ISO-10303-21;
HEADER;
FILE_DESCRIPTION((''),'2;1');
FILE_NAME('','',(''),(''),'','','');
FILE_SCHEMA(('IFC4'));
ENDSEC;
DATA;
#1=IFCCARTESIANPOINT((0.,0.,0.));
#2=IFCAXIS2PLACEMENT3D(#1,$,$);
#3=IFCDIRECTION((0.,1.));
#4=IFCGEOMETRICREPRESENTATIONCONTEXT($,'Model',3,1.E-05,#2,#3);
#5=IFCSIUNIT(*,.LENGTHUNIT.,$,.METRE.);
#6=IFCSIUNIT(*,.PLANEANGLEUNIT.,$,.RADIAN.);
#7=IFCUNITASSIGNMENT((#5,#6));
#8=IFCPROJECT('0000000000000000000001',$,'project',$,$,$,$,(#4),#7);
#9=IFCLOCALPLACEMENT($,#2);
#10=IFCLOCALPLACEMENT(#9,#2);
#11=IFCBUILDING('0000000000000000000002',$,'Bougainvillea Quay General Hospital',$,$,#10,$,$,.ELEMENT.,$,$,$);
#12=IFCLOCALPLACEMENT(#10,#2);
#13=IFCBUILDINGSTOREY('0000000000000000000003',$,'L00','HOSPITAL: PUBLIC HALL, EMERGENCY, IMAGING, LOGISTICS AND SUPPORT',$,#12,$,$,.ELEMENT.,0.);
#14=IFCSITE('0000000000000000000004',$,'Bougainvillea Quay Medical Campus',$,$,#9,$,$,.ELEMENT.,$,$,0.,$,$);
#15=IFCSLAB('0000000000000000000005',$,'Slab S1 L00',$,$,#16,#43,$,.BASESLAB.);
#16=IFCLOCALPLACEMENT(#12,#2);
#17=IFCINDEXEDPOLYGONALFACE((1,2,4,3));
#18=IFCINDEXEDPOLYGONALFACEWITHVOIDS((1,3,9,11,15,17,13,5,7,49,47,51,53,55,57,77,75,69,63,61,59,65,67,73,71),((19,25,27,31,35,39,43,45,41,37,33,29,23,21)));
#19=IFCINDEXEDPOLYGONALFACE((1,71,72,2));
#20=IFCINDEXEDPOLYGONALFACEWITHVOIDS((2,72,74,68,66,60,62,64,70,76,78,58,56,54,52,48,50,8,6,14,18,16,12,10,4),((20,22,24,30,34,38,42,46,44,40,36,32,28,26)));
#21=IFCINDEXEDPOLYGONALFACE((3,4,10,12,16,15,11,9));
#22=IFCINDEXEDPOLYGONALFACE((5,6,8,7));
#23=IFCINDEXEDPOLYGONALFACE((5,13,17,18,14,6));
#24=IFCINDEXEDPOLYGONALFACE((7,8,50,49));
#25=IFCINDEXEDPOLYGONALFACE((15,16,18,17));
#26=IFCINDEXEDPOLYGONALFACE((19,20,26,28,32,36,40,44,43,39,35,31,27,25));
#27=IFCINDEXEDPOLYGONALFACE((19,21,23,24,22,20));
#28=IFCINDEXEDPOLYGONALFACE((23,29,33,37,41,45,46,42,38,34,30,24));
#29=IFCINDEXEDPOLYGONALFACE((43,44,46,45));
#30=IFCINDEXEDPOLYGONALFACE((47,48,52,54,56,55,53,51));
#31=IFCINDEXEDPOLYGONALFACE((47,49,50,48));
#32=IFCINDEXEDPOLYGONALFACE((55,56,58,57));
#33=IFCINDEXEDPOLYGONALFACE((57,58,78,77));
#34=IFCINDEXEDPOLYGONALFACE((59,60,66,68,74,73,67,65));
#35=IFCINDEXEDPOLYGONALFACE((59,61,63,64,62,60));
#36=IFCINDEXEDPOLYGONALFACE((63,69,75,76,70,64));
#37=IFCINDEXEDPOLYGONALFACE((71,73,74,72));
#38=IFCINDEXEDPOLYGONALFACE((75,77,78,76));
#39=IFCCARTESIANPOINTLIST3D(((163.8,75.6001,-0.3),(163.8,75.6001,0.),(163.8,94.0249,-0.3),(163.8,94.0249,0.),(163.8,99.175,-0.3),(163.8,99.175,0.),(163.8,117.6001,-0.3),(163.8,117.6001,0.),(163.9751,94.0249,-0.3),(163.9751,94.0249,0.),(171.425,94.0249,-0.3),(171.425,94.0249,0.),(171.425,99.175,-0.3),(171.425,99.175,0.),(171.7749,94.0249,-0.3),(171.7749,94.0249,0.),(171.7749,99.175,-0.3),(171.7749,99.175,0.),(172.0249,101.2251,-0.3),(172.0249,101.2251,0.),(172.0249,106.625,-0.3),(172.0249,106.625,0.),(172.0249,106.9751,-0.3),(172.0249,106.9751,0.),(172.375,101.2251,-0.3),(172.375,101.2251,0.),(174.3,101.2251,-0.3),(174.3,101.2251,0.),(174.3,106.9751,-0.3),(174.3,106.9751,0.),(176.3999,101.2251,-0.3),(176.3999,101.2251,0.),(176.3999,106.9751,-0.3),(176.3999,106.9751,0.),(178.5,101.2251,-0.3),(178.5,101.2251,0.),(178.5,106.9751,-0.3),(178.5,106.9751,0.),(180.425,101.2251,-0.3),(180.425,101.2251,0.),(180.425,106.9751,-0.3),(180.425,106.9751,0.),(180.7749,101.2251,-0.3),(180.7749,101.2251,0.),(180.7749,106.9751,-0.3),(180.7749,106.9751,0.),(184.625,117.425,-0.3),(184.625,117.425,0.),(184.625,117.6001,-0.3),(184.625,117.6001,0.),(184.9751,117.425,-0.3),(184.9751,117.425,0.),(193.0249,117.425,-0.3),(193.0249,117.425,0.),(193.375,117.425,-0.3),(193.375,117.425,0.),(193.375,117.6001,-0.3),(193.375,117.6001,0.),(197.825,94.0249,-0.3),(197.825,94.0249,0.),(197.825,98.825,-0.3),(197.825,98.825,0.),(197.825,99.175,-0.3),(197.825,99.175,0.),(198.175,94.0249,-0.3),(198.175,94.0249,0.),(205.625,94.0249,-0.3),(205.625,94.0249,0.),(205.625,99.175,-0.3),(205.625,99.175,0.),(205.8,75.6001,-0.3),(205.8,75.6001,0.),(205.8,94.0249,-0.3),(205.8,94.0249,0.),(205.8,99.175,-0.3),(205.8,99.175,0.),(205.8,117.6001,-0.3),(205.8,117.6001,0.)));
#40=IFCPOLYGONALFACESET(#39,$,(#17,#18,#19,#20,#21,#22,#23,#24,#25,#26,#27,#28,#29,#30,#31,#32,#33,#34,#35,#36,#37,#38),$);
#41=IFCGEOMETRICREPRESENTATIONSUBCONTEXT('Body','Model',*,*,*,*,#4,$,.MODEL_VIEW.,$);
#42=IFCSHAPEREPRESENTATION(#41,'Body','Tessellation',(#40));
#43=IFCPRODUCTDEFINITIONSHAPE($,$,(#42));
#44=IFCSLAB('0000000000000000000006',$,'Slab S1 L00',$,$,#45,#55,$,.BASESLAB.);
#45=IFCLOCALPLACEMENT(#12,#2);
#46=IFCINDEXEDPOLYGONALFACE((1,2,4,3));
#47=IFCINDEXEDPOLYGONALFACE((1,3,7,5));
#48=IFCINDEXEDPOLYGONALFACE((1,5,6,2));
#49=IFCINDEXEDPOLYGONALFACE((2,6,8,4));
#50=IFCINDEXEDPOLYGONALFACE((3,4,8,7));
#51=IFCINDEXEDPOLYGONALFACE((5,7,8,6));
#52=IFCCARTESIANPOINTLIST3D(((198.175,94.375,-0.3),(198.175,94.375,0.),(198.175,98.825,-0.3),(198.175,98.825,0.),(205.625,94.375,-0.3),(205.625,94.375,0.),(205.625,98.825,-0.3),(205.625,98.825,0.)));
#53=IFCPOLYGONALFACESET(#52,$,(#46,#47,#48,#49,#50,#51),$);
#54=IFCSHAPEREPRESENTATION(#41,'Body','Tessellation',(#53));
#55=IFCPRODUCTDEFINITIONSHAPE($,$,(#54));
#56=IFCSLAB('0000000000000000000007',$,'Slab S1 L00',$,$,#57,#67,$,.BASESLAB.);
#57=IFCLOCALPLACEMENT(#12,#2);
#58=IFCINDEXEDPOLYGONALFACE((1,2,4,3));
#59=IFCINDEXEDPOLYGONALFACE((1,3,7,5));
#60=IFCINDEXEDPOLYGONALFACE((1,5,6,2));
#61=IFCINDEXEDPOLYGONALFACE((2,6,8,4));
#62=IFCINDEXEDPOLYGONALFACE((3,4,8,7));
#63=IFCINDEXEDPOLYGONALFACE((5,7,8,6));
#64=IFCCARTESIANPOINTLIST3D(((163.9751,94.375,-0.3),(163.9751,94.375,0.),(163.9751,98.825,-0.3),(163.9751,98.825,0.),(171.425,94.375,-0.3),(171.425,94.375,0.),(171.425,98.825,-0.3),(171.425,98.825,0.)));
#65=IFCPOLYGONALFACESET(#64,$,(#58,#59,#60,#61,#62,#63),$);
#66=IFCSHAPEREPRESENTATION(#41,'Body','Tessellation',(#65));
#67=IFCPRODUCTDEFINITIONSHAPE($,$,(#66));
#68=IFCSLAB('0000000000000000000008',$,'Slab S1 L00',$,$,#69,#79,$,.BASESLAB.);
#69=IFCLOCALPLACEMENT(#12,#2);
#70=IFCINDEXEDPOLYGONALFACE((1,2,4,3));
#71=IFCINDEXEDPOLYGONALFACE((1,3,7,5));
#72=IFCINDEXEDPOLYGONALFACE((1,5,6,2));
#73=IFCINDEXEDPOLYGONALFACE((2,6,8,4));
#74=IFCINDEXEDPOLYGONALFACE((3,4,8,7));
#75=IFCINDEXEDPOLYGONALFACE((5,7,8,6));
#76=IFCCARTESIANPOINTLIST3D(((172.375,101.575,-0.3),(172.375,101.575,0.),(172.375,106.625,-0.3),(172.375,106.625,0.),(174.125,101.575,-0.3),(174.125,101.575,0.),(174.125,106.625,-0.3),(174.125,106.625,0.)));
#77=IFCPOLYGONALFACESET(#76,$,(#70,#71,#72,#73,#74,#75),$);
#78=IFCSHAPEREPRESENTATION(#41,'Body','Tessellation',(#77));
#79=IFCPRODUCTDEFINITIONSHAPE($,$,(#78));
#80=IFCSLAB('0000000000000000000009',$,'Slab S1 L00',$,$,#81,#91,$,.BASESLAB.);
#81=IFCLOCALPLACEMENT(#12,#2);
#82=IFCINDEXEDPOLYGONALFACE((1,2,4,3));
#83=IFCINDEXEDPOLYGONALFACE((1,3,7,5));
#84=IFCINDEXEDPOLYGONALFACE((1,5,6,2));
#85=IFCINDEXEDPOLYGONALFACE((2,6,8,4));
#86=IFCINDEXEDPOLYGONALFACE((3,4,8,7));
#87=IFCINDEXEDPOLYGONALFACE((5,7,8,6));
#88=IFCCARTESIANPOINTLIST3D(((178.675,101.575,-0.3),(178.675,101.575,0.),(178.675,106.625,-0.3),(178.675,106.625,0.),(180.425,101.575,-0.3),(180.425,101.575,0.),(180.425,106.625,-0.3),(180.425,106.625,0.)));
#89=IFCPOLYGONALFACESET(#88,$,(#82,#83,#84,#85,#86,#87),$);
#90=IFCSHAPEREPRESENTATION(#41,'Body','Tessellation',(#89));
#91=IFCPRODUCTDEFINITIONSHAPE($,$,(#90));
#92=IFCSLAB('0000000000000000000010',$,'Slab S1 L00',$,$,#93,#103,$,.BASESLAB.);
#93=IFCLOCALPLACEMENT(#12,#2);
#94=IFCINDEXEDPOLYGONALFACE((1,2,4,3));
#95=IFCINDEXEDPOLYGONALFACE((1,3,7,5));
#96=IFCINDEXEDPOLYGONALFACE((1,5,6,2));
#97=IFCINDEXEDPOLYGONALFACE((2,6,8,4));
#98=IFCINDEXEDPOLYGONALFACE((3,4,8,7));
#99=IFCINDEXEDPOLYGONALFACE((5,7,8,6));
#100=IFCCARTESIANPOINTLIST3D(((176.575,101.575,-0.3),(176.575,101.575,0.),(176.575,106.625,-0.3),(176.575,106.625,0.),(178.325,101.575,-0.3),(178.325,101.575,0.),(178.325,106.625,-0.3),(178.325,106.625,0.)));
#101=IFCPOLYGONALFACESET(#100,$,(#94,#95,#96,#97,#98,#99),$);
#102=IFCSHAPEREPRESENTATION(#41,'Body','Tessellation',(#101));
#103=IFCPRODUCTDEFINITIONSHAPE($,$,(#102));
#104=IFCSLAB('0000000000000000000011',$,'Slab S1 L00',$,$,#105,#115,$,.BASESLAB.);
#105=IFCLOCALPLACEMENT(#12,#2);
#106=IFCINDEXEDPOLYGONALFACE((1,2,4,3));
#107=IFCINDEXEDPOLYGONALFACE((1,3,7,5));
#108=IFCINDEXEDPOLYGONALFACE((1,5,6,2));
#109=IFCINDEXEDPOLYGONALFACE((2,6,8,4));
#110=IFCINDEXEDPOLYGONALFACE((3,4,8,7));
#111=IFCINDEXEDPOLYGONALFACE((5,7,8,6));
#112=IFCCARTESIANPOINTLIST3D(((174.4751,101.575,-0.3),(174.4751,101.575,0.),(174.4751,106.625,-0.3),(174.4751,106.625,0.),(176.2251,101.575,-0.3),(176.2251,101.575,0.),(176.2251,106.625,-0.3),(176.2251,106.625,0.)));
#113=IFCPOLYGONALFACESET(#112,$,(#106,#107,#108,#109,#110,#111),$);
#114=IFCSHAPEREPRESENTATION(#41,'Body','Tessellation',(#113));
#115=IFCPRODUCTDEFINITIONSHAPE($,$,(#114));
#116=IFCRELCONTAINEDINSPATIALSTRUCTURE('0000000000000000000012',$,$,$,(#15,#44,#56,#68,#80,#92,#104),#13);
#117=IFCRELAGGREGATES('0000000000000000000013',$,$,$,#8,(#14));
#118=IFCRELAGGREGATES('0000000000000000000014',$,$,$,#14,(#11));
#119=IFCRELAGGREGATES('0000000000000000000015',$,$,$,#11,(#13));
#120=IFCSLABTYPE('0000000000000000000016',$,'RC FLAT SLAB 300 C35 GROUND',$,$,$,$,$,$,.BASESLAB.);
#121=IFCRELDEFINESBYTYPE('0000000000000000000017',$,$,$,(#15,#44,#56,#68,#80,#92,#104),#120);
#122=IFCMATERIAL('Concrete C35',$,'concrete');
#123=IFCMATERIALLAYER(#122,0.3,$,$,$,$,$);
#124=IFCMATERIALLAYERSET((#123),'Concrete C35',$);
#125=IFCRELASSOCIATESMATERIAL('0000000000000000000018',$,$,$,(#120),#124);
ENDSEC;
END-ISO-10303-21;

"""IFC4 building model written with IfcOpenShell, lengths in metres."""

from ifc_helpers import new_model, si_unit, direction, frame, origin, place, context, subcontext, project, spatial, polyline, outline, extrude, material, layer, layer_set, type_object, element, save


model = new_model("IFC4")

# Units and contexts
model_context = context("Model", 3, precision=1e-05, world=origin(), true_north=direction((0.0, 1.0)))
body_context = subcontext(model_context, "Body", "Model", "MODEL_VIEW")
ifc_project = project(units=[si_unit("LENGTHUNIT", "METRE"), si_unit("PLANEANGLEUNIT", "RADIAN")], contexts=[model_context])

# Site, building, storey
site_placement = place(None, origin())
site = spatial("IfcSite", under=ifc_project, at=site_placement, Name="Bougainvillea Quay Medical Campus", CompositionType="ELEMENT", RefElevation=0.0)
building_placement = place(site_placement, origin())
building = spatial("IfcBuilding", under=site, at=building_placement, Name="Bougainvillea Quay General Hospital", CompositionType="ELEMENT")
storey_placement = place(building_placement, origin())
storey = spatial("IfcBuildingStorey", under=building, at=storey_placement, Name="L00", Description="HOSPITAL: PUBLIC HALL, EMERGENCY, IMAGING, LOGISTICS AND SUPPORT", CompositionType="ELEMENT", Elevation=0.0)

# Shared definitions
ifc_material = material(Name="Concrete C35", Category="concrete")

# Slabs
ifc_layer = layer(ifc_material, 0.3)
ifc_layer_set = layer_set([ifc_layer], Name="Concrete C35")
slab_type = type_object("IfcSlabType", Name="RC FLAT SLAB 300 C35 GROUND", PredefinedType="BASESLAB", material=ifc_layer_set)
slab_1_placement = place(storey_placement, frame((0.0, 0.0, -0.3)))
element("IfcSlab", 1, at=slab_1_placement, inside=storey, type_object=slab_type, Name="Slab S1 L00", PredefinedType="BASESLAB", context=body_context, shape_type="SweptSolid", body=[
    extrude(outline(polyline([(205.8, 99.175), (205.8, 117.6001), (193.375, 117.6001), (193.375, 117.425), (193.0249, 117.425), (184.9751, 117.425), (184.625, 117.425), (184.625, 117.6001), (163.8, 117.6001), (163.8, 99.175), (171.425, 99.175), (171.7749, 99.175), (171.7749, 94.0249), (171.425, 94.0249), (163.9751, 94.0249), (163.8, 94.0249), (163.8, 75.6001), (205.8, 75.6001), (205.8, 94.0249), (205.625, 94.0249), (198.175, 94.0249), (197.825, 94.0249), (197.825, 98.825), (197.825, 99.175), (205.625, 99.175), (205.8, 99.175)]), holes=[polyline([(172.0249, 106.9751), (174.3, 106.9751), (176.3999, 106.9751), (178.5, 106.9751), (180.425, 106.9751), (180.7749, 106.9751), (180.7749, 101.2251), (180.425, 101.2251), (178.5, 101.2251), (176.3999, 101.2251), (174.3, 101.2251), (172.375, 101.2251), (172.0249, 101.2251), (172.0249, 106.625), (172.0249, 106.9751)])]), origin(), (0.0, 0.0, 1.0), 0.3),
])
slab_2_placement = place(storey_placement, frame((0.0, 0.0, -0.3)))
element("IfcSlab", 2, at=slab_2_placement, inside=storey, type_object=slab_type, Name="Slab S1 L00", PredefinedType="BASESLAB", context=body_context, shape_type="SweptSolid", body=[
    extrude(outline(polyline([(205.625, 94.375), (205.625, 98.825), (198.175, 98.825), (198.175, 94.375), (205.625, 94.375)])), origin(), (0.0, 0.0, 1.0), 0.3),
])
slab_3_placement = place(storey_placement, frame((0.0, 0.0, -0.3)))
element("IfcSlab", 3, at=slab_3_placement, inside=storey, type_object=slab_type, Name="Slab S1 L00", PredefinedType="BASESLAB", context=body_context, shape_type="SweptSolid", body=[
    extrude(outline(polyline([(163.9751, 98.825), (163.9751, 94.375), (171.425, 94.375), (171.425, 98.825), (163.9751, 98.825)])), origin(), (0.0, 0.0, 1.0), 0.3),
])
slab_4_placement = place(storey_placement, frame((0.0, 0.0, -0.3)))
element("IfcSlab", 4, at=slab_4_placement, inside=storey, type_object=slab_type, Name="Slab S1 L00", PredefinedType="BASESLAB", context=body_context, shape_type="SweptSolid", body=[
    extrude(outline(polyline([(174.125, 101.575), (174.125, 106.625), (172.375, 106.625), (172.375, 101.575), (174.125, 101.575)])), origin(), (0.0, 0.0, 1.0), 0.3),
])
slab_5_placement = place(storey_placement, frame((0.0, 0.0, -0.3)))
element("IfcSlab", 5, at=slab_5_placement, inside=storey, type_object=slab_type, Name="Slab S1 L00", PredefinedType="BASESLAB", context=body_context, shape_type="SweptSolid", body=[
    extrude(outline(polyline([(180.425, 101.575), (180.425, 106.625), (178.675, 106.625), (178.675, 101.575), (180.425, 101.575)])), origin(), (0.0, 0.0, 1.0), 0.3),
])
slab_6_placement = place(storey_placement, frame((0.0, 0.0, -0.3)))
element("IfcSlab", 6, at=slab_6_placement, inside=storey, type_object=slab_type, Name="Slab S1 L00", PredefinedType="BASESLAB", context=body_context, shape_type="SweptSolid", body=[
    extrude(outline(polyline([(178.325, 106.625), (176.575, 106.625), (176.575, 101.575), (178.325, 101.575), (178.325, 106.625)])), origin(), (0.0, 0.0, 1.0), 0.3),
])
slab_7_placement = place(storey_placement, frame((0.0, 0.0, -0.3)))
element("IfcSlab", 7, at=slab_7_placement, inside=storey, type_object=slab_type, Name="Slab S1 L00", PredefinedType="BASESLAB", context=body_context, shape_type="SweptSolid", body=[
    extrude(outline(polyline([(176.2251, 101.575), (176.2251, 106.625), (174.4751, 106.625), (174.4751, 101.575), (176.2251, 101.575)])), origin(), (0.0, 0.0, 1.0), 0.3),
])

save(model, "model.ifc")
